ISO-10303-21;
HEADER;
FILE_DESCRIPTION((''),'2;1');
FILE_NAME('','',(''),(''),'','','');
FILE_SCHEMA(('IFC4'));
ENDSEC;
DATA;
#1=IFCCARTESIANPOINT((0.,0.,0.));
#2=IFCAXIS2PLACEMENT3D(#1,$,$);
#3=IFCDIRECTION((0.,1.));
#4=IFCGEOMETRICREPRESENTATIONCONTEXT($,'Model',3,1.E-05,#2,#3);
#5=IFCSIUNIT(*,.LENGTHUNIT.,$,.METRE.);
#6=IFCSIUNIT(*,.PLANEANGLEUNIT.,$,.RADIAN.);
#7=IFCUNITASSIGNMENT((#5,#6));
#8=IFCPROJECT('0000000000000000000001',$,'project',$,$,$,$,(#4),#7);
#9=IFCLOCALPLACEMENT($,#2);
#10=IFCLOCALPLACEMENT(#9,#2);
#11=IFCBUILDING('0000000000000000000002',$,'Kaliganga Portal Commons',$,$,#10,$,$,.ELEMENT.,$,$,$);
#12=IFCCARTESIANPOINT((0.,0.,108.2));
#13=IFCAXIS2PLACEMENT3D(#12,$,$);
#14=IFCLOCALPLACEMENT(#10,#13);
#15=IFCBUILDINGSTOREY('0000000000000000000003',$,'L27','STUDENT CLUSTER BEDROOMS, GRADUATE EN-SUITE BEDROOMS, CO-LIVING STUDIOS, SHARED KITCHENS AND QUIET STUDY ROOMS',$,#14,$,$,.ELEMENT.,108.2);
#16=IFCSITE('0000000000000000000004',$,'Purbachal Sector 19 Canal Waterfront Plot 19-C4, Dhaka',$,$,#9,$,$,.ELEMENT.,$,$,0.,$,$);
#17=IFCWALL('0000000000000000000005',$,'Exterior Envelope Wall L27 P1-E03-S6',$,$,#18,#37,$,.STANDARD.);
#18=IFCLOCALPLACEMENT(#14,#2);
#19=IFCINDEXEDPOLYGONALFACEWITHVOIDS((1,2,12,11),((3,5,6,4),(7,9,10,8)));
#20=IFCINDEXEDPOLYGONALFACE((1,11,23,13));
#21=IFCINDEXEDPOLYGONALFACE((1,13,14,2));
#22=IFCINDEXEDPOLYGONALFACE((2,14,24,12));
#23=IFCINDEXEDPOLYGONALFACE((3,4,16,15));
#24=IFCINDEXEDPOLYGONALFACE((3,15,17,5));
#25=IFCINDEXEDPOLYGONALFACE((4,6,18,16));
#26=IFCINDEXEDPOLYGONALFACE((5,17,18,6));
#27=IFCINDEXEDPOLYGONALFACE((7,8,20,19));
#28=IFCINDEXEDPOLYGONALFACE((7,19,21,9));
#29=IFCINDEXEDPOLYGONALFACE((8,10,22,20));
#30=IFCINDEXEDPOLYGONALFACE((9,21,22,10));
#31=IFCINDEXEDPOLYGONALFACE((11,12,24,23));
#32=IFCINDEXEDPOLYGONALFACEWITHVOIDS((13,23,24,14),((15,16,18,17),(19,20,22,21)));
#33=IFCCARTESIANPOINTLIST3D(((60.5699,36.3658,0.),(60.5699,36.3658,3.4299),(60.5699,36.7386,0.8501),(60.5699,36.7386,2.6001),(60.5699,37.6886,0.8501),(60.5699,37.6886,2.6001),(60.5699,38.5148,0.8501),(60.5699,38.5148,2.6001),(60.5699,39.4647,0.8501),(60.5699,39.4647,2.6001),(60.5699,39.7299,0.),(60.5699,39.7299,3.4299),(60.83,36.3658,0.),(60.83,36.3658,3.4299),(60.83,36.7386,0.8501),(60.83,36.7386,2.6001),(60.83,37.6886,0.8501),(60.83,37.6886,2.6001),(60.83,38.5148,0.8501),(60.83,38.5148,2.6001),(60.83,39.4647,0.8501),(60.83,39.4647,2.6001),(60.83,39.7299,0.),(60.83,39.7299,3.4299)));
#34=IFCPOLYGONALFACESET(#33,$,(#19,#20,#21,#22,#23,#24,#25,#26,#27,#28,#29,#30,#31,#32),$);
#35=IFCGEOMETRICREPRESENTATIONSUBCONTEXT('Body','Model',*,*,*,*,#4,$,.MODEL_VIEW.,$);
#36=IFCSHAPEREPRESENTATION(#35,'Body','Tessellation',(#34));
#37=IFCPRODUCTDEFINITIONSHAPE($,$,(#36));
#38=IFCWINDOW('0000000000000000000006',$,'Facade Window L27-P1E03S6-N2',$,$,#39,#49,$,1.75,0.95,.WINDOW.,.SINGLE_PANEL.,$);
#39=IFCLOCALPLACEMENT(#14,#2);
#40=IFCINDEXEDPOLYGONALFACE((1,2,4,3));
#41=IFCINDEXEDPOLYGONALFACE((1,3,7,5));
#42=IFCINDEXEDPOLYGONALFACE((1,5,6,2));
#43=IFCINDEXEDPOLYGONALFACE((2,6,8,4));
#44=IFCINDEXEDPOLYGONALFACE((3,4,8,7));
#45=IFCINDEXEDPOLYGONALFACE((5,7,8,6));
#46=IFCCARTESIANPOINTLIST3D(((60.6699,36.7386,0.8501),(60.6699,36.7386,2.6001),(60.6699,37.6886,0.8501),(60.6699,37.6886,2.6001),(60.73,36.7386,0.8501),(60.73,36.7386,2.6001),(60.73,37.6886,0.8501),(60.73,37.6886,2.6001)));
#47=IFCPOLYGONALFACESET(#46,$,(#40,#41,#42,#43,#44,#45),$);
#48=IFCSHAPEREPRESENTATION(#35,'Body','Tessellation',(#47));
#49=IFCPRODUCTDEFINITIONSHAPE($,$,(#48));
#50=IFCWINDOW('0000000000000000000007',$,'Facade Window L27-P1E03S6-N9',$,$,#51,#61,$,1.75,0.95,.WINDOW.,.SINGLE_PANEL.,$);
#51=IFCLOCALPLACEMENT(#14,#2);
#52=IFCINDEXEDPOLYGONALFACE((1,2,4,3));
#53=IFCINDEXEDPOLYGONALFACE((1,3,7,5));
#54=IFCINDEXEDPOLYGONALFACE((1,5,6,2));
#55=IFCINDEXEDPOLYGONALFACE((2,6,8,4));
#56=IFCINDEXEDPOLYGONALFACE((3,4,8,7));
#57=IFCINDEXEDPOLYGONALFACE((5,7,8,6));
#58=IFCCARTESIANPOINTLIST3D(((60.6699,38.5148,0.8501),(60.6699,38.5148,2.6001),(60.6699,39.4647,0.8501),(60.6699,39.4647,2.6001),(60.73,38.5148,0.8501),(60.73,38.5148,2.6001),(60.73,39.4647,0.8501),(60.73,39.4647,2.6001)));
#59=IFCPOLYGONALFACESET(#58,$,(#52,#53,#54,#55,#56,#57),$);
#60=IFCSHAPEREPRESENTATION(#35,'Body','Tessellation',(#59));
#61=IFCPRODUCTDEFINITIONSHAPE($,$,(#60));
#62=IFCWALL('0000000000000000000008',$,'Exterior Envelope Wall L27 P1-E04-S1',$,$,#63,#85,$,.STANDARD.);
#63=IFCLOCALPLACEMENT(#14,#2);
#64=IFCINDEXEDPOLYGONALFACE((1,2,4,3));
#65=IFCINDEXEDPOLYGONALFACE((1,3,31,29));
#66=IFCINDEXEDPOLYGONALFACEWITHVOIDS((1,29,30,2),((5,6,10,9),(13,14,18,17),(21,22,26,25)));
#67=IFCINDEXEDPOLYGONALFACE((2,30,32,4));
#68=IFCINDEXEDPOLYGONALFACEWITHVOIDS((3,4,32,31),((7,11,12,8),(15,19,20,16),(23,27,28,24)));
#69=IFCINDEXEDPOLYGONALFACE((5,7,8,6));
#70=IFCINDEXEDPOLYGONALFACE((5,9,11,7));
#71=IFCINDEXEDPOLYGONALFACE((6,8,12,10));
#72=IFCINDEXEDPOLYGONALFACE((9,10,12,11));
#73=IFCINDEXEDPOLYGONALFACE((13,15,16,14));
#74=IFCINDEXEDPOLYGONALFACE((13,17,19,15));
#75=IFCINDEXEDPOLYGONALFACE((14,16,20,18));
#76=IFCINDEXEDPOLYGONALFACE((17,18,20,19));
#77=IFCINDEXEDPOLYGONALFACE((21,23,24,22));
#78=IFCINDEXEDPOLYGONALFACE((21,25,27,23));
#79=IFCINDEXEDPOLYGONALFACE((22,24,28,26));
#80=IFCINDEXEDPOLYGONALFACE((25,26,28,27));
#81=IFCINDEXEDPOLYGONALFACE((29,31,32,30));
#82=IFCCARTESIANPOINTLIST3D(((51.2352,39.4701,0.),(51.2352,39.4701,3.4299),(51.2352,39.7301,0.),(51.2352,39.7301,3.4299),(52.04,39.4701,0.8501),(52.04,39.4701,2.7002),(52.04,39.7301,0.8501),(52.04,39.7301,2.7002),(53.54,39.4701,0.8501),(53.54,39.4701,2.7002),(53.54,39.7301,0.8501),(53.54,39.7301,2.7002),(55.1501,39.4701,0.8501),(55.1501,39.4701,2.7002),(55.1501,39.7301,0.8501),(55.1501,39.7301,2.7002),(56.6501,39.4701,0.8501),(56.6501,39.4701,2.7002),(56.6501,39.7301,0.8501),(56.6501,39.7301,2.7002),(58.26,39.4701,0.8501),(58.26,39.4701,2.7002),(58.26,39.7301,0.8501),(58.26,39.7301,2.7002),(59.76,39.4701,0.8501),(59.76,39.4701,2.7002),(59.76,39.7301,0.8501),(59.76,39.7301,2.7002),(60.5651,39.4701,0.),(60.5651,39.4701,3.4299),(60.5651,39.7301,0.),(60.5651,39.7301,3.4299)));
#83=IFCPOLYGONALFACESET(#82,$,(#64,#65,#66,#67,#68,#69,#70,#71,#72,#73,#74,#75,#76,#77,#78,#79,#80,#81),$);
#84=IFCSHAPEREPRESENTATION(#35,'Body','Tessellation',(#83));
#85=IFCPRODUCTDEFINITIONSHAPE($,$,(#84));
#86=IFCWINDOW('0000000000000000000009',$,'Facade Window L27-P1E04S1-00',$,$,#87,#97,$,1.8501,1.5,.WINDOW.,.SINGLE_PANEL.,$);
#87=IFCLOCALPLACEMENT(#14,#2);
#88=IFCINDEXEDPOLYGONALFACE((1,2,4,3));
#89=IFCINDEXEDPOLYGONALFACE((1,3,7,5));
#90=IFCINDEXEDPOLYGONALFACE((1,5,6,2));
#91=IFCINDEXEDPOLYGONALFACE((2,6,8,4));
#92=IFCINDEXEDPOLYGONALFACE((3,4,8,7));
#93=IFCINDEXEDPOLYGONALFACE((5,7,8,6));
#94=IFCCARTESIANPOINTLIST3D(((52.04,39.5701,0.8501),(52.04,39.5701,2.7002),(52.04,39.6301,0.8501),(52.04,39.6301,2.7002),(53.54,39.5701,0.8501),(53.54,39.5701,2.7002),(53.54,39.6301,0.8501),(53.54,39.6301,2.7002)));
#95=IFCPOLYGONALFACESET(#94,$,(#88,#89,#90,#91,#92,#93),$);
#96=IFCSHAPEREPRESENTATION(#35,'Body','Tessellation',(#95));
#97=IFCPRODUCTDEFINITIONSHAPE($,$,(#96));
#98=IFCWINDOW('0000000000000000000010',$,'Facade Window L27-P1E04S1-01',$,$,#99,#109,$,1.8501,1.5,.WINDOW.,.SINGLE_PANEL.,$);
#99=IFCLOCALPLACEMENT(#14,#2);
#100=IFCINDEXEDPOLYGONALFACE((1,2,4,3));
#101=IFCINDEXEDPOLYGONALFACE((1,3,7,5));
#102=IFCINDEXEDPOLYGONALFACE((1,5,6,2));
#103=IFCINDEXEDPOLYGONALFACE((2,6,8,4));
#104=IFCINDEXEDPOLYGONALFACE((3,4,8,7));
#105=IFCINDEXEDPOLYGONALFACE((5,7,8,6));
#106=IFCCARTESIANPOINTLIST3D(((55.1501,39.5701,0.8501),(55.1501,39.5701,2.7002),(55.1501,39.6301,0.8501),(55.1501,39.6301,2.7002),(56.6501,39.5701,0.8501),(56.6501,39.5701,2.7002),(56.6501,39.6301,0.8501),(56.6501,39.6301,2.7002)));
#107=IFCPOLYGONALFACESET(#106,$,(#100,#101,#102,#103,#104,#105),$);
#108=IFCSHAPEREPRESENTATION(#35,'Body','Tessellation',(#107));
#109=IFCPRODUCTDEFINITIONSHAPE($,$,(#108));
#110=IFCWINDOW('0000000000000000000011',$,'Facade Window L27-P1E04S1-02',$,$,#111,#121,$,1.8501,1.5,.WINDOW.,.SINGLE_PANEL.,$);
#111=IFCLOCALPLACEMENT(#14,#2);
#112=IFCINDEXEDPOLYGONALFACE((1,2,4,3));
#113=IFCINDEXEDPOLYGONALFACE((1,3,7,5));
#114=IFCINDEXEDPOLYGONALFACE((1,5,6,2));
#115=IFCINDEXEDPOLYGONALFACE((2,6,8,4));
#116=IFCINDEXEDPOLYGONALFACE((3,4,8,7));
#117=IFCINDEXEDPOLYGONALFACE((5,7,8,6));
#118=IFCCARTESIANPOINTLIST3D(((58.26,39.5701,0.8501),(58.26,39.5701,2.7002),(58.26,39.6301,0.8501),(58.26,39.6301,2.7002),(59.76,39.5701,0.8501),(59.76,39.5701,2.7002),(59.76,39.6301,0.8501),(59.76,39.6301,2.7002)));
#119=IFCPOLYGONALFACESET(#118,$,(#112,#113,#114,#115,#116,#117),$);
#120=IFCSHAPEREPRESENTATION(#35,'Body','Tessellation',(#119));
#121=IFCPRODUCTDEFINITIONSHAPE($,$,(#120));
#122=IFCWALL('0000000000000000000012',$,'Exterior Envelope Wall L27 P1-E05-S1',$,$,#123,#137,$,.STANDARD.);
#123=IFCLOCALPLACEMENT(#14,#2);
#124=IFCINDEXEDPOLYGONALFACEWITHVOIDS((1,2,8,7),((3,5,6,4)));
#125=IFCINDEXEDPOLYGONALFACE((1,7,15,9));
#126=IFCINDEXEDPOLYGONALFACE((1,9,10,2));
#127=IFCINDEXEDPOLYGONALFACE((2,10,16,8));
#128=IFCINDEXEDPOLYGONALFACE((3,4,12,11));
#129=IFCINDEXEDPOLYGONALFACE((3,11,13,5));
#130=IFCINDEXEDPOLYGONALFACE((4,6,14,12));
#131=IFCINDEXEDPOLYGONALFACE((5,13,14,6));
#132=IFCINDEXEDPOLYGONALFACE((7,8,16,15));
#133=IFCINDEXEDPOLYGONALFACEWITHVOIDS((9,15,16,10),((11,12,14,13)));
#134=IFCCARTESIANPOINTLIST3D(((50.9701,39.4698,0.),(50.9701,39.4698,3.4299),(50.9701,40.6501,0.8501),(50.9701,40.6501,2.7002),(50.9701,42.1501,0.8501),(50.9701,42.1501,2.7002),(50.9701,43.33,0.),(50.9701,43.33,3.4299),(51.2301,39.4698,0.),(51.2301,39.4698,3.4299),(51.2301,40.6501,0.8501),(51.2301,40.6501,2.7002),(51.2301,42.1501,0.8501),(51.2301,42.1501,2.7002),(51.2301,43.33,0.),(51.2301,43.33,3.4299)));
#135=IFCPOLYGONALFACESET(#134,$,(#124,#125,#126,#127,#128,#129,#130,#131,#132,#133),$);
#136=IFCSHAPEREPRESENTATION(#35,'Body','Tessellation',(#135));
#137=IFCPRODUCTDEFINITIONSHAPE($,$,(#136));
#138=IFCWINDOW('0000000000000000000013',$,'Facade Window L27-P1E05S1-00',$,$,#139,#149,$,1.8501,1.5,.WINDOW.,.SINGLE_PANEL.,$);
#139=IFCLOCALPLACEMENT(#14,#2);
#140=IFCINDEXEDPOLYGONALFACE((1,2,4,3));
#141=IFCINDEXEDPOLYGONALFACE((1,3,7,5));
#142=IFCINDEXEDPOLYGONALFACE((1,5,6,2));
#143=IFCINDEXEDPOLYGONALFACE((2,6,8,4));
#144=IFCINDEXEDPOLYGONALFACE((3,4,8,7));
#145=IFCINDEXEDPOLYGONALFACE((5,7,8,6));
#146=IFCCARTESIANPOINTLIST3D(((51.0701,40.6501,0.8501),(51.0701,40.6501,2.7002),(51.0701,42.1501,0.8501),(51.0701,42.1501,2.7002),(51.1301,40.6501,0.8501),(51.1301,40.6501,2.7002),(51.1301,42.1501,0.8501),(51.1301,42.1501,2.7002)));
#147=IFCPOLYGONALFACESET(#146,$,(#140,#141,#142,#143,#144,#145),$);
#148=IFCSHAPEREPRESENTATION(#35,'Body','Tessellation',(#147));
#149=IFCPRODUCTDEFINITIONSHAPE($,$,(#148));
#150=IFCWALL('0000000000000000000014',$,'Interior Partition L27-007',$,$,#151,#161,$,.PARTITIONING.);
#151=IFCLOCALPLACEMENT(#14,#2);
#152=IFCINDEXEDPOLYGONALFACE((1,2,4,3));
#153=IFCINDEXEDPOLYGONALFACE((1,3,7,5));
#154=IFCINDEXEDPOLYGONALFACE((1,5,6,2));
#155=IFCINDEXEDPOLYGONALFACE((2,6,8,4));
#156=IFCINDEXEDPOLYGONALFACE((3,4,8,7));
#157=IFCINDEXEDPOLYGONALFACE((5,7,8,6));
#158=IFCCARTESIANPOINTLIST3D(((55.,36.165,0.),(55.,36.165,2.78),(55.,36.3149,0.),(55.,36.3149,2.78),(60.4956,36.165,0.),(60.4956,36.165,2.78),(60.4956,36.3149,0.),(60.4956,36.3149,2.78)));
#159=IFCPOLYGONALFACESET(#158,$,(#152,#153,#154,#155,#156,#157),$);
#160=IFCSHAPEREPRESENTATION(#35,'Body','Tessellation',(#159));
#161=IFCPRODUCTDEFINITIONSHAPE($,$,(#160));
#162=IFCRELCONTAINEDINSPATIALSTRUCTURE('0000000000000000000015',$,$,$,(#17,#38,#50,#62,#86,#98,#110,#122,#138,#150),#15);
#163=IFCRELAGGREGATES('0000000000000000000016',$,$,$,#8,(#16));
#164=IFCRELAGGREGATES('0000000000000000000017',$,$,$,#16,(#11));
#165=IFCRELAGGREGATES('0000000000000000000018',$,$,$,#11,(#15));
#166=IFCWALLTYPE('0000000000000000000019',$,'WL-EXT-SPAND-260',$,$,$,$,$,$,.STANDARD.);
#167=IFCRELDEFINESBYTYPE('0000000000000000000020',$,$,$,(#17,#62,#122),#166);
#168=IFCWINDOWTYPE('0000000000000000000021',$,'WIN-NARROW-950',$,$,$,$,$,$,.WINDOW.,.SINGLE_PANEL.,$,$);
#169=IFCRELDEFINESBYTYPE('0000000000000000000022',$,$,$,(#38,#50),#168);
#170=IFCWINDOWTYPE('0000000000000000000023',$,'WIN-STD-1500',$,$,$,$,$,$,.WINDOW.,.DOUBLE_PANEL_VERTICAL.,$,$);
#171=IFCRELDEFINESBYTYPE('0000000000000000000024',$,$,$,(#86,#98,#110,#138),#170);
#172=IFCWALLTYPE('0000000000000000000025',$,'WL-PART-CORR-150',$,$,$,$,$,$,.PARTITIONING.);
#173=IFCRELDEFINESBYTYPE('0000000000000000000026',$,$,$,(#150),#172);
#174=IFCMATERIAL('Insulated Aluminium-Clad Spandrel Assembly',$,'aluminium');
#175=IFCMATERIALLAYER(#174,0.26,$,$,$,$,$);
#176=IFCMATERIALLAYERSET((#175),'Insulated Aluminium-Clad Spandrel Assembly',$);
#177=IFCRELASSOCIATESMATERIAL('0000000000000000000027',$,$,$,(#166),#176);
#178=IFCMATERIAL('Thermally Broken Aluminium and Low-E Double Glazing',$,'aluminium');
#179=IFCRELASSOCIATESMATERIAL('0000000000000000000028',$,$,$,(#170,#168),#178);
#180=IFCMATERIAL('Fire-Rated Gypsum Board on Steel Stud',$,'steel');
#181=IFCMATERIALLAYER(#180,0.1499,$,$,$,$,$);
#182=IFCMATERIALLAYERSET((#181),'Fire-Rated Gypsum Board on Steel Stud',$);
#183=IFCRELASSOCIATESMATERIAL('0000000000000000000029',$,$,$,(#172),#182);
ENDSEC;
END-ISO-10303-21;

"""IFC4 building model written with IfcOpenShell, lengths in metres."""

from ifc_helpers import new_model, si_unit, direction, frame, frame_2d, origin, place, context, subcontext, project, spatial, rectangle, extrude, material, layer, layer_set, type_object, element, fill, save


model = new_model("IFC4")

# Units and contexts
model_context = context("Model", 3, precision=1e-05, world=origin(), true_north=direction((0.0, 1.0)))
body_context = subcontext(model_context, "Body", "Model", "MODEL_VIEW")
ifc_project = project(units=[si_unit("LENGTHUNIT", "METRE"), si_unit("PLANEANGLEUNIT", "RADIAN")], contexts=[model_context])

# Site, building, storey
site_placement = place(None, origin())
site = spatial("IfcSite", under=ifc_project, at=site_placement, Name="Purbachal Sector 19 Canal Waterfront Plot 19-C4, Dhaka", CompositionType="ELEMENT", RefElevation=0.0)
building_placement = place(site_placement, origin())
building = spatial("IfcBuilding", under=site, at=building_placement, Name="Kaliganga Portal Commons", CompositionType="ELEMENT")
storey_placement = place(building_placement, frame((0.0, 0.0, 108.2)))
storey = spatial("IfcBuildingStorey", under=building, at=storey_placement, Name="L27", Description="STUDENT CLUSTER BEDROOMS, GRADUATE EN-SUITE BEDROOMS, CO-LIVING STUDIOS, SHARED KITCHENS AND QUIET STUDY ROOMS", CompositionType="ELEMENT", Elevation=108.2)

# Walls, openings, windows
ifc_material_1 = material(Name="Insulated Aluminium-Clad Spandrel Assembly", Category="aluminium")
ifc_layer_1 = layer(ifc_material_1, 0.26)
ifc_layer_set_1 = layer_set([ifc_layer_1], Name="Insulated Aluminium-Clad Spandrel Assembly")
wall_type_1 = type_object("IfcWallType", Name="WL-EXT-SPAND-260", PredefinedType="STANDARD", material=ifc_layer_set_1)
ifc_material_2 = material(Name="Thermally Broken Aluminium and Low-E Double Glazing", Category="aluminium")
window_type_1 = type_object("IfcWindowType", Name="WIN-STD-1500", PartitioningType="DOUBLE_PANEL_VERTICAL", PredefinedType="WINDOW", material=ifc_material_2)
wall_1_placement = place(storey_placement, frame((60.7, 39.73, 0.0), z_axis=(0.0, 0.0, 1.0), x_axis=(0.0, -1.0, 0.0)))
wall_1 = element("IfcWall", 1, at=wall_1_placement, inside=storey, type_object=wall_type_1, Name="Exterior Envelope Wall L27 P1-E03-S6", PredefinedType="STANDARD", context=body_context, shape_type="SweptSolid", body=[
    extrude(rectangle(XDim=3.364, YDim=0.26, at=frame_2d((1.6821, 0.0))), origin(), (0.0, 0.0, 1.0), 3.4299),
])
opening_1_placement = place(wall_1_placement, frame((2.0413, 0.0, 0.8501)))
opening_1 = element("IfcOpeningElement", 2, at=opening_1_placement, cuts=wall_1, PredefinedType="OPENING", context=body_context, shape_type="SweptSolid", body=[
    extrude(rectangle(XDim=0.95, YDim=1.75, at=frame_2d((0.4751, 0.875))), frame((0.0, 0.1401, 0.0), z_axis=(0.0, -1.0, 0.0), x_axis=(1.0, 0.0, 0.0)), (0.0, 0.0, 1.0), 0.28),
])
opening_2_placement = place(wall_1_placement, frame((0.2651, 0.0, 0.8501)))
opening_2 = element("IfcOpeningElement", 3, at=opening_2_placement, cuts=wall_1, PredefinedType="OPENING", context=body_context, shape_type="SweptSolid", body=[
    extrude(rectangle(XDim=0.95, YDim=1.75, at=frame_2d((0.4751, 0.875))), frame((0.0, 0.1401, 0.0), z_axis=(0.0, -1.0, 0.0), x_axis=(1.0, 0.0, 0.0)), (0.0, 0.0, 1.0), 0.28),
])
window_type_2 = type_object("IfcWindowType", Name="WIN-NARROW-950", PartitioningType="SINGLE_PANEL", PredefinedType="WINDOW", material=ifc_material_2)
window_1_placement = place(opening_1_placement, origin())
window_1 = element("IfcWindow", 4, at=window_1_placement, inside=storey, type_object=window_type_2, Name="Facade Window L27-P1E03S6-N2", OverallHeight=1.75, OverallWidth=0.95, PartitioningType="SINGLE_PANEL", PredefinedType="WINDOW", context=body_context, shape_type="SweptSolid", body=[
    extrude(rectangle(XDim=0.95, YDim=1.75, at=frame_2d((0.4751, 0.875))), frame((0.0, 0.03, 0.0), z_axis=(0.0, -1.0, 0.0), x_axis=(1.0, 0.0, 0.0)), (0.0, 0.0, 1.0), 0.0601),
])
fill(opening_1, window_1)
window_2_placement = place(opening_2_placement, origin())
window_2 = element("IfcWindow", 5, at=window_2_placement, inside=storey, type_object=window_type_2, Name="Facade Window L27-P1E03S6-N9", OverallHeight=1.75, OverallWidth=0.95, PartitioningType="SINGLE_PANEL", PredefinedType="WINDOW", context=body_context, shape_type="SweptSolid", body=[
    extrude(rectangle(XDim=0.95, YDim=1.75, at=frame_2d((0.4751, 0.875))), frame((0.0, 0.03, 0.0), z_axis=(0.0, -1.0, 0.0), x_axis=(1.0, 0.0, 0.0)), (0.0, 0.0, 1.0), 0.0601),
])
fill(opening_2, window_2)
wall_2_placement = place(storey_placement, frame((51.2351, 39.6001, 0.0), z_axis=(0.0, 0.0, 1.0), x_axis=(1.0, 0.0, 0.0)))
wall_2 = element("IfcWall", 6, at=wall_2_placement, inside=storey, type_object=wall_type_1, Name="Exterior Envelope Wall L27 P1-E04-S1", PredefinedType="STANDARD", context=body_context, shape_type="SweptSolid", body=[
    extrude(rectangle(XDim=9.3298, YDim=0.26, at=frame_2d((4.665, 0.0))), origin(), (0.0, 0.0, 1.0), 3.4299),
])
opening_3_placement = place(wall_2_placement, frame((0.8049, 0.0, 0.8501)))
opening_3 = element("IfcOpeningElement", 7, at=opening_3_placement, cuts=wall_2, PredefinedType="OPENING", context=body_context, shape_type="SweptSolid", body=[
    extrude(rectangle(XDim=1.5, YDim=1.8501, at=frame_2d((0.75, 0.925))), frame((0.0, 0.1401, 0.0), z_axis=(0.0, -1.0, 0.0), x_axis=(1.0, 0.0, 0.0)), (0.0, 0.0, 1.0), 0.28),
])
opening_4_placement = place(wall_2_placement, frame((3.915, 0.0, 0.8501)))
opening_4 = element("IfcOpeningElement", 8, at=opening_4_placement, cuts=wall_2, PredefinedType="OPENING", context=body_context, shape_type="SweptSolid", body=[
    extrude(rectangle(XDim=1.5, YDim=1.8501, at=frame_2d((0.75, 0.925))), frame((0.0, 0.1401, 0.0), z_axis=(0.0, -1.0, 0.0), x_axis=(1.0, 0.0, 0.0)), (0.0, 0.0, 1.0), 0.28),
])
opening_5_placement = place(wall_2_placement, frame((7.0249, 0.0, 0.8501)))
opening_5 = element("IfcOpeningElement", 9, at=opening_5_placement, cuts=wall_2, PredefinedType="OPENING", context=body_context, shape_type="SweptSolid", body=[
    extrude(rectangle(XDim=1.5, YDim=1.8501, at=frame_2d((0.75, 0.925))), frame((0.0, 0.1401, 0.0), z_axis=(0.0, -1.0, 0.0), x_axis=(1.0, 0.0, 0.0)), (0.0, 0.0, 1.0), 0.28),
])
window_3_placement = place(opening_3_placement, origin())
window_3 = element("IfcWindow", 10, at=window_3_placement, inside=storey, type_object=window_type_1, Name="Facade Window L27-P1E04S1-00", OverallHeight=1.8501, OverallWidth=1.5, PartitioningType="SINGLE_PANEL", PredefinedType="WINDOW", context=body_context, shape_type="SweptSolid", body=[
    extrude(rectangle(XDim=1.5, YDim=1.8501, at=frame_2d((0.75, 0.925))), frame((0.0, 0.03, 0.0), z_axis=(0.0, -1.0, 0.0), x_axis=(1.0, 0.0, 0.0)), (0.0, 0.0, 1.0), 0.0601),
])
fill(opening_3, window_3)
window_4_placement = place(opening_4_placement, origin())
window_4 = element("IfcWindow", 11, at=window_4_placement, inside=storey, type_object=window_type_1, Name="Facade Window L27-P1E04S1-01", OverallHeight=1.8501, OverallWidth=1.5, PartitioningType="SINGLE_PANEL", PredefinedType="WINDOW", context=body_context, shape_type="SweptSolid", body=[
    extrude(rectangle(XDim=1.5, YDim=1.8501, at=frame_2d((0.75, 0.925))), frame((0.0, 0.03, 0.0), z_axis=(0.0, -1.0, 0.0), x_axis=(1.0, 0.0, 0.0)), (0.0, 0.0, 1.0), 0.0601),
])
fill(opening_4, window_4)
window_5_placement = place(opening_5_placement, origin())
window_5 = element("IfcWindow", 12, at=window_5_placement, inside=storey, type_object=window_type_1, Name="Facade Window L27-P1E04S1-02", OverallHeight=1.8501, OverallWidth=1.5, PartitioningType="SINGLE_PANEL", PredefinedType="WINDOW", context=body_context, shape_type="SweptSolid", body=[
    extrude(rectangle(XDim=1.5, YDim=1.8501, at=frame_2d((0.75, 0.925))), frame((0.0, 0.03, 0.0), z_axis=(0.0, -1.0, 0.0), x_axis=(1.0, 0.0, 0.0)), (0.0, 0.0, 1.0), 0.0601),
])
fill(opening_5, window_5)

# Wall, opening, window
wall_3_placement = place(storey_placement, frame((51.1001, 43.3301, 0.0), z_axis=(0.0, 0.0, 1.0), x_axis=(0.0, -1.0, 0.0)))
wall_3 = element("IfcWall", 13, at=wall_3_placement, inside=storey, type_object=wall_type_1, Name="Exterior Envelope Wall L27 P1-E05-S1", PredefinedType="STANDARD", context=body_context, shape_type="SweptSolid", body=[
    extrude(rectangle(XDim=3.8601, YDim=0.26, at=frame_2d((1.9302, 0.0))), origin(), (0.0, 0.0, 1.0), 3.4299),
])
opening_6_placement = place(wall_3_placement, frame((1.1799, 0.0, 0.8501)))
opening_6 = element("IfcOpeningElement", 14, at=opening_6_placement, cuts=wall_3, PredefinedType="OPENING", context=body_context, shape_type="SweptSolid", body=[
    extrude(rectangle(XDim=1.5, YDim=1.8501, at=frame_2d((0.75, 0.925))), frame((0.0, 0.1401, 0.0), z_axis=(0.0, -1.0, 0.0), x_axis=(1.0, 0.0, 0.0)), (0.0, 0.0, 1.0), 0.28),
])
window_6_placement = place(opening_6_placement, origin())
window_6 = element("IfcWindow", 15, at=window_6_placement, inside=storey, type_object=window_type_1, Name="Facade Window L27-P1E05S1-00", OverallHeight=1.8501, OverallWidth=1.5, PartitioningType="SINGLE_PANEL", PredefinedType="WINDOW", context=body_context, shape_type="SweptSolid", body=[
    extrude(rectangle(XDim=1.5, YDim=1.8501, at=frame_2d((0.75, 0.925))), frame((0.0, 0.03, 0.0), z_axis=(0.0, -1.0, 0.0), x_axis=(1.0, 0.0, 0.0)), (0.0, 0.0, 1.0), 0.0601),
])
fill(opening_6, window_6)

# Shared definitions
ifc_material_3 = material(Name="Fire-Rated Gypsum Board on Steel Stud", Category="steel")
ifc_layer_2 = layer(ifc_material_3, 0.1499)
ifc_layer_set_2 = layer_set([ifc_layer_2], Name="Fire-Rated Gypsum Board on Steel Stud")
wall_type_2 = type_object("IfcWallType", Name="WL-PART-CORR-150", PredefinedType="PARTITIONING", material=ifc_layer_set_2)

# Wall
wall_4_placement = place(storey_placement, frame((55.0, 36.24, 0.0), z_axis=(0.0, 0.0, 1.0), x_axis=(1.0, 0.0, 0.0)))
element("IfcWall", 16, at=wall_4_placement, inside=storey, type_object=wall_type_2, Name="Interior Partition L27-007", PredefinedType="PARTITIONING", context=body_context, shape_type="SweptSolid", body=[
    extrude(rectangle(XDim=5.4956, YDim=0.1499, at=frame_2d((2.7478, 0.0))), origin(), (0.0, 0.0, 1.0), 2.78),
])

save(model, "model.ifc")
